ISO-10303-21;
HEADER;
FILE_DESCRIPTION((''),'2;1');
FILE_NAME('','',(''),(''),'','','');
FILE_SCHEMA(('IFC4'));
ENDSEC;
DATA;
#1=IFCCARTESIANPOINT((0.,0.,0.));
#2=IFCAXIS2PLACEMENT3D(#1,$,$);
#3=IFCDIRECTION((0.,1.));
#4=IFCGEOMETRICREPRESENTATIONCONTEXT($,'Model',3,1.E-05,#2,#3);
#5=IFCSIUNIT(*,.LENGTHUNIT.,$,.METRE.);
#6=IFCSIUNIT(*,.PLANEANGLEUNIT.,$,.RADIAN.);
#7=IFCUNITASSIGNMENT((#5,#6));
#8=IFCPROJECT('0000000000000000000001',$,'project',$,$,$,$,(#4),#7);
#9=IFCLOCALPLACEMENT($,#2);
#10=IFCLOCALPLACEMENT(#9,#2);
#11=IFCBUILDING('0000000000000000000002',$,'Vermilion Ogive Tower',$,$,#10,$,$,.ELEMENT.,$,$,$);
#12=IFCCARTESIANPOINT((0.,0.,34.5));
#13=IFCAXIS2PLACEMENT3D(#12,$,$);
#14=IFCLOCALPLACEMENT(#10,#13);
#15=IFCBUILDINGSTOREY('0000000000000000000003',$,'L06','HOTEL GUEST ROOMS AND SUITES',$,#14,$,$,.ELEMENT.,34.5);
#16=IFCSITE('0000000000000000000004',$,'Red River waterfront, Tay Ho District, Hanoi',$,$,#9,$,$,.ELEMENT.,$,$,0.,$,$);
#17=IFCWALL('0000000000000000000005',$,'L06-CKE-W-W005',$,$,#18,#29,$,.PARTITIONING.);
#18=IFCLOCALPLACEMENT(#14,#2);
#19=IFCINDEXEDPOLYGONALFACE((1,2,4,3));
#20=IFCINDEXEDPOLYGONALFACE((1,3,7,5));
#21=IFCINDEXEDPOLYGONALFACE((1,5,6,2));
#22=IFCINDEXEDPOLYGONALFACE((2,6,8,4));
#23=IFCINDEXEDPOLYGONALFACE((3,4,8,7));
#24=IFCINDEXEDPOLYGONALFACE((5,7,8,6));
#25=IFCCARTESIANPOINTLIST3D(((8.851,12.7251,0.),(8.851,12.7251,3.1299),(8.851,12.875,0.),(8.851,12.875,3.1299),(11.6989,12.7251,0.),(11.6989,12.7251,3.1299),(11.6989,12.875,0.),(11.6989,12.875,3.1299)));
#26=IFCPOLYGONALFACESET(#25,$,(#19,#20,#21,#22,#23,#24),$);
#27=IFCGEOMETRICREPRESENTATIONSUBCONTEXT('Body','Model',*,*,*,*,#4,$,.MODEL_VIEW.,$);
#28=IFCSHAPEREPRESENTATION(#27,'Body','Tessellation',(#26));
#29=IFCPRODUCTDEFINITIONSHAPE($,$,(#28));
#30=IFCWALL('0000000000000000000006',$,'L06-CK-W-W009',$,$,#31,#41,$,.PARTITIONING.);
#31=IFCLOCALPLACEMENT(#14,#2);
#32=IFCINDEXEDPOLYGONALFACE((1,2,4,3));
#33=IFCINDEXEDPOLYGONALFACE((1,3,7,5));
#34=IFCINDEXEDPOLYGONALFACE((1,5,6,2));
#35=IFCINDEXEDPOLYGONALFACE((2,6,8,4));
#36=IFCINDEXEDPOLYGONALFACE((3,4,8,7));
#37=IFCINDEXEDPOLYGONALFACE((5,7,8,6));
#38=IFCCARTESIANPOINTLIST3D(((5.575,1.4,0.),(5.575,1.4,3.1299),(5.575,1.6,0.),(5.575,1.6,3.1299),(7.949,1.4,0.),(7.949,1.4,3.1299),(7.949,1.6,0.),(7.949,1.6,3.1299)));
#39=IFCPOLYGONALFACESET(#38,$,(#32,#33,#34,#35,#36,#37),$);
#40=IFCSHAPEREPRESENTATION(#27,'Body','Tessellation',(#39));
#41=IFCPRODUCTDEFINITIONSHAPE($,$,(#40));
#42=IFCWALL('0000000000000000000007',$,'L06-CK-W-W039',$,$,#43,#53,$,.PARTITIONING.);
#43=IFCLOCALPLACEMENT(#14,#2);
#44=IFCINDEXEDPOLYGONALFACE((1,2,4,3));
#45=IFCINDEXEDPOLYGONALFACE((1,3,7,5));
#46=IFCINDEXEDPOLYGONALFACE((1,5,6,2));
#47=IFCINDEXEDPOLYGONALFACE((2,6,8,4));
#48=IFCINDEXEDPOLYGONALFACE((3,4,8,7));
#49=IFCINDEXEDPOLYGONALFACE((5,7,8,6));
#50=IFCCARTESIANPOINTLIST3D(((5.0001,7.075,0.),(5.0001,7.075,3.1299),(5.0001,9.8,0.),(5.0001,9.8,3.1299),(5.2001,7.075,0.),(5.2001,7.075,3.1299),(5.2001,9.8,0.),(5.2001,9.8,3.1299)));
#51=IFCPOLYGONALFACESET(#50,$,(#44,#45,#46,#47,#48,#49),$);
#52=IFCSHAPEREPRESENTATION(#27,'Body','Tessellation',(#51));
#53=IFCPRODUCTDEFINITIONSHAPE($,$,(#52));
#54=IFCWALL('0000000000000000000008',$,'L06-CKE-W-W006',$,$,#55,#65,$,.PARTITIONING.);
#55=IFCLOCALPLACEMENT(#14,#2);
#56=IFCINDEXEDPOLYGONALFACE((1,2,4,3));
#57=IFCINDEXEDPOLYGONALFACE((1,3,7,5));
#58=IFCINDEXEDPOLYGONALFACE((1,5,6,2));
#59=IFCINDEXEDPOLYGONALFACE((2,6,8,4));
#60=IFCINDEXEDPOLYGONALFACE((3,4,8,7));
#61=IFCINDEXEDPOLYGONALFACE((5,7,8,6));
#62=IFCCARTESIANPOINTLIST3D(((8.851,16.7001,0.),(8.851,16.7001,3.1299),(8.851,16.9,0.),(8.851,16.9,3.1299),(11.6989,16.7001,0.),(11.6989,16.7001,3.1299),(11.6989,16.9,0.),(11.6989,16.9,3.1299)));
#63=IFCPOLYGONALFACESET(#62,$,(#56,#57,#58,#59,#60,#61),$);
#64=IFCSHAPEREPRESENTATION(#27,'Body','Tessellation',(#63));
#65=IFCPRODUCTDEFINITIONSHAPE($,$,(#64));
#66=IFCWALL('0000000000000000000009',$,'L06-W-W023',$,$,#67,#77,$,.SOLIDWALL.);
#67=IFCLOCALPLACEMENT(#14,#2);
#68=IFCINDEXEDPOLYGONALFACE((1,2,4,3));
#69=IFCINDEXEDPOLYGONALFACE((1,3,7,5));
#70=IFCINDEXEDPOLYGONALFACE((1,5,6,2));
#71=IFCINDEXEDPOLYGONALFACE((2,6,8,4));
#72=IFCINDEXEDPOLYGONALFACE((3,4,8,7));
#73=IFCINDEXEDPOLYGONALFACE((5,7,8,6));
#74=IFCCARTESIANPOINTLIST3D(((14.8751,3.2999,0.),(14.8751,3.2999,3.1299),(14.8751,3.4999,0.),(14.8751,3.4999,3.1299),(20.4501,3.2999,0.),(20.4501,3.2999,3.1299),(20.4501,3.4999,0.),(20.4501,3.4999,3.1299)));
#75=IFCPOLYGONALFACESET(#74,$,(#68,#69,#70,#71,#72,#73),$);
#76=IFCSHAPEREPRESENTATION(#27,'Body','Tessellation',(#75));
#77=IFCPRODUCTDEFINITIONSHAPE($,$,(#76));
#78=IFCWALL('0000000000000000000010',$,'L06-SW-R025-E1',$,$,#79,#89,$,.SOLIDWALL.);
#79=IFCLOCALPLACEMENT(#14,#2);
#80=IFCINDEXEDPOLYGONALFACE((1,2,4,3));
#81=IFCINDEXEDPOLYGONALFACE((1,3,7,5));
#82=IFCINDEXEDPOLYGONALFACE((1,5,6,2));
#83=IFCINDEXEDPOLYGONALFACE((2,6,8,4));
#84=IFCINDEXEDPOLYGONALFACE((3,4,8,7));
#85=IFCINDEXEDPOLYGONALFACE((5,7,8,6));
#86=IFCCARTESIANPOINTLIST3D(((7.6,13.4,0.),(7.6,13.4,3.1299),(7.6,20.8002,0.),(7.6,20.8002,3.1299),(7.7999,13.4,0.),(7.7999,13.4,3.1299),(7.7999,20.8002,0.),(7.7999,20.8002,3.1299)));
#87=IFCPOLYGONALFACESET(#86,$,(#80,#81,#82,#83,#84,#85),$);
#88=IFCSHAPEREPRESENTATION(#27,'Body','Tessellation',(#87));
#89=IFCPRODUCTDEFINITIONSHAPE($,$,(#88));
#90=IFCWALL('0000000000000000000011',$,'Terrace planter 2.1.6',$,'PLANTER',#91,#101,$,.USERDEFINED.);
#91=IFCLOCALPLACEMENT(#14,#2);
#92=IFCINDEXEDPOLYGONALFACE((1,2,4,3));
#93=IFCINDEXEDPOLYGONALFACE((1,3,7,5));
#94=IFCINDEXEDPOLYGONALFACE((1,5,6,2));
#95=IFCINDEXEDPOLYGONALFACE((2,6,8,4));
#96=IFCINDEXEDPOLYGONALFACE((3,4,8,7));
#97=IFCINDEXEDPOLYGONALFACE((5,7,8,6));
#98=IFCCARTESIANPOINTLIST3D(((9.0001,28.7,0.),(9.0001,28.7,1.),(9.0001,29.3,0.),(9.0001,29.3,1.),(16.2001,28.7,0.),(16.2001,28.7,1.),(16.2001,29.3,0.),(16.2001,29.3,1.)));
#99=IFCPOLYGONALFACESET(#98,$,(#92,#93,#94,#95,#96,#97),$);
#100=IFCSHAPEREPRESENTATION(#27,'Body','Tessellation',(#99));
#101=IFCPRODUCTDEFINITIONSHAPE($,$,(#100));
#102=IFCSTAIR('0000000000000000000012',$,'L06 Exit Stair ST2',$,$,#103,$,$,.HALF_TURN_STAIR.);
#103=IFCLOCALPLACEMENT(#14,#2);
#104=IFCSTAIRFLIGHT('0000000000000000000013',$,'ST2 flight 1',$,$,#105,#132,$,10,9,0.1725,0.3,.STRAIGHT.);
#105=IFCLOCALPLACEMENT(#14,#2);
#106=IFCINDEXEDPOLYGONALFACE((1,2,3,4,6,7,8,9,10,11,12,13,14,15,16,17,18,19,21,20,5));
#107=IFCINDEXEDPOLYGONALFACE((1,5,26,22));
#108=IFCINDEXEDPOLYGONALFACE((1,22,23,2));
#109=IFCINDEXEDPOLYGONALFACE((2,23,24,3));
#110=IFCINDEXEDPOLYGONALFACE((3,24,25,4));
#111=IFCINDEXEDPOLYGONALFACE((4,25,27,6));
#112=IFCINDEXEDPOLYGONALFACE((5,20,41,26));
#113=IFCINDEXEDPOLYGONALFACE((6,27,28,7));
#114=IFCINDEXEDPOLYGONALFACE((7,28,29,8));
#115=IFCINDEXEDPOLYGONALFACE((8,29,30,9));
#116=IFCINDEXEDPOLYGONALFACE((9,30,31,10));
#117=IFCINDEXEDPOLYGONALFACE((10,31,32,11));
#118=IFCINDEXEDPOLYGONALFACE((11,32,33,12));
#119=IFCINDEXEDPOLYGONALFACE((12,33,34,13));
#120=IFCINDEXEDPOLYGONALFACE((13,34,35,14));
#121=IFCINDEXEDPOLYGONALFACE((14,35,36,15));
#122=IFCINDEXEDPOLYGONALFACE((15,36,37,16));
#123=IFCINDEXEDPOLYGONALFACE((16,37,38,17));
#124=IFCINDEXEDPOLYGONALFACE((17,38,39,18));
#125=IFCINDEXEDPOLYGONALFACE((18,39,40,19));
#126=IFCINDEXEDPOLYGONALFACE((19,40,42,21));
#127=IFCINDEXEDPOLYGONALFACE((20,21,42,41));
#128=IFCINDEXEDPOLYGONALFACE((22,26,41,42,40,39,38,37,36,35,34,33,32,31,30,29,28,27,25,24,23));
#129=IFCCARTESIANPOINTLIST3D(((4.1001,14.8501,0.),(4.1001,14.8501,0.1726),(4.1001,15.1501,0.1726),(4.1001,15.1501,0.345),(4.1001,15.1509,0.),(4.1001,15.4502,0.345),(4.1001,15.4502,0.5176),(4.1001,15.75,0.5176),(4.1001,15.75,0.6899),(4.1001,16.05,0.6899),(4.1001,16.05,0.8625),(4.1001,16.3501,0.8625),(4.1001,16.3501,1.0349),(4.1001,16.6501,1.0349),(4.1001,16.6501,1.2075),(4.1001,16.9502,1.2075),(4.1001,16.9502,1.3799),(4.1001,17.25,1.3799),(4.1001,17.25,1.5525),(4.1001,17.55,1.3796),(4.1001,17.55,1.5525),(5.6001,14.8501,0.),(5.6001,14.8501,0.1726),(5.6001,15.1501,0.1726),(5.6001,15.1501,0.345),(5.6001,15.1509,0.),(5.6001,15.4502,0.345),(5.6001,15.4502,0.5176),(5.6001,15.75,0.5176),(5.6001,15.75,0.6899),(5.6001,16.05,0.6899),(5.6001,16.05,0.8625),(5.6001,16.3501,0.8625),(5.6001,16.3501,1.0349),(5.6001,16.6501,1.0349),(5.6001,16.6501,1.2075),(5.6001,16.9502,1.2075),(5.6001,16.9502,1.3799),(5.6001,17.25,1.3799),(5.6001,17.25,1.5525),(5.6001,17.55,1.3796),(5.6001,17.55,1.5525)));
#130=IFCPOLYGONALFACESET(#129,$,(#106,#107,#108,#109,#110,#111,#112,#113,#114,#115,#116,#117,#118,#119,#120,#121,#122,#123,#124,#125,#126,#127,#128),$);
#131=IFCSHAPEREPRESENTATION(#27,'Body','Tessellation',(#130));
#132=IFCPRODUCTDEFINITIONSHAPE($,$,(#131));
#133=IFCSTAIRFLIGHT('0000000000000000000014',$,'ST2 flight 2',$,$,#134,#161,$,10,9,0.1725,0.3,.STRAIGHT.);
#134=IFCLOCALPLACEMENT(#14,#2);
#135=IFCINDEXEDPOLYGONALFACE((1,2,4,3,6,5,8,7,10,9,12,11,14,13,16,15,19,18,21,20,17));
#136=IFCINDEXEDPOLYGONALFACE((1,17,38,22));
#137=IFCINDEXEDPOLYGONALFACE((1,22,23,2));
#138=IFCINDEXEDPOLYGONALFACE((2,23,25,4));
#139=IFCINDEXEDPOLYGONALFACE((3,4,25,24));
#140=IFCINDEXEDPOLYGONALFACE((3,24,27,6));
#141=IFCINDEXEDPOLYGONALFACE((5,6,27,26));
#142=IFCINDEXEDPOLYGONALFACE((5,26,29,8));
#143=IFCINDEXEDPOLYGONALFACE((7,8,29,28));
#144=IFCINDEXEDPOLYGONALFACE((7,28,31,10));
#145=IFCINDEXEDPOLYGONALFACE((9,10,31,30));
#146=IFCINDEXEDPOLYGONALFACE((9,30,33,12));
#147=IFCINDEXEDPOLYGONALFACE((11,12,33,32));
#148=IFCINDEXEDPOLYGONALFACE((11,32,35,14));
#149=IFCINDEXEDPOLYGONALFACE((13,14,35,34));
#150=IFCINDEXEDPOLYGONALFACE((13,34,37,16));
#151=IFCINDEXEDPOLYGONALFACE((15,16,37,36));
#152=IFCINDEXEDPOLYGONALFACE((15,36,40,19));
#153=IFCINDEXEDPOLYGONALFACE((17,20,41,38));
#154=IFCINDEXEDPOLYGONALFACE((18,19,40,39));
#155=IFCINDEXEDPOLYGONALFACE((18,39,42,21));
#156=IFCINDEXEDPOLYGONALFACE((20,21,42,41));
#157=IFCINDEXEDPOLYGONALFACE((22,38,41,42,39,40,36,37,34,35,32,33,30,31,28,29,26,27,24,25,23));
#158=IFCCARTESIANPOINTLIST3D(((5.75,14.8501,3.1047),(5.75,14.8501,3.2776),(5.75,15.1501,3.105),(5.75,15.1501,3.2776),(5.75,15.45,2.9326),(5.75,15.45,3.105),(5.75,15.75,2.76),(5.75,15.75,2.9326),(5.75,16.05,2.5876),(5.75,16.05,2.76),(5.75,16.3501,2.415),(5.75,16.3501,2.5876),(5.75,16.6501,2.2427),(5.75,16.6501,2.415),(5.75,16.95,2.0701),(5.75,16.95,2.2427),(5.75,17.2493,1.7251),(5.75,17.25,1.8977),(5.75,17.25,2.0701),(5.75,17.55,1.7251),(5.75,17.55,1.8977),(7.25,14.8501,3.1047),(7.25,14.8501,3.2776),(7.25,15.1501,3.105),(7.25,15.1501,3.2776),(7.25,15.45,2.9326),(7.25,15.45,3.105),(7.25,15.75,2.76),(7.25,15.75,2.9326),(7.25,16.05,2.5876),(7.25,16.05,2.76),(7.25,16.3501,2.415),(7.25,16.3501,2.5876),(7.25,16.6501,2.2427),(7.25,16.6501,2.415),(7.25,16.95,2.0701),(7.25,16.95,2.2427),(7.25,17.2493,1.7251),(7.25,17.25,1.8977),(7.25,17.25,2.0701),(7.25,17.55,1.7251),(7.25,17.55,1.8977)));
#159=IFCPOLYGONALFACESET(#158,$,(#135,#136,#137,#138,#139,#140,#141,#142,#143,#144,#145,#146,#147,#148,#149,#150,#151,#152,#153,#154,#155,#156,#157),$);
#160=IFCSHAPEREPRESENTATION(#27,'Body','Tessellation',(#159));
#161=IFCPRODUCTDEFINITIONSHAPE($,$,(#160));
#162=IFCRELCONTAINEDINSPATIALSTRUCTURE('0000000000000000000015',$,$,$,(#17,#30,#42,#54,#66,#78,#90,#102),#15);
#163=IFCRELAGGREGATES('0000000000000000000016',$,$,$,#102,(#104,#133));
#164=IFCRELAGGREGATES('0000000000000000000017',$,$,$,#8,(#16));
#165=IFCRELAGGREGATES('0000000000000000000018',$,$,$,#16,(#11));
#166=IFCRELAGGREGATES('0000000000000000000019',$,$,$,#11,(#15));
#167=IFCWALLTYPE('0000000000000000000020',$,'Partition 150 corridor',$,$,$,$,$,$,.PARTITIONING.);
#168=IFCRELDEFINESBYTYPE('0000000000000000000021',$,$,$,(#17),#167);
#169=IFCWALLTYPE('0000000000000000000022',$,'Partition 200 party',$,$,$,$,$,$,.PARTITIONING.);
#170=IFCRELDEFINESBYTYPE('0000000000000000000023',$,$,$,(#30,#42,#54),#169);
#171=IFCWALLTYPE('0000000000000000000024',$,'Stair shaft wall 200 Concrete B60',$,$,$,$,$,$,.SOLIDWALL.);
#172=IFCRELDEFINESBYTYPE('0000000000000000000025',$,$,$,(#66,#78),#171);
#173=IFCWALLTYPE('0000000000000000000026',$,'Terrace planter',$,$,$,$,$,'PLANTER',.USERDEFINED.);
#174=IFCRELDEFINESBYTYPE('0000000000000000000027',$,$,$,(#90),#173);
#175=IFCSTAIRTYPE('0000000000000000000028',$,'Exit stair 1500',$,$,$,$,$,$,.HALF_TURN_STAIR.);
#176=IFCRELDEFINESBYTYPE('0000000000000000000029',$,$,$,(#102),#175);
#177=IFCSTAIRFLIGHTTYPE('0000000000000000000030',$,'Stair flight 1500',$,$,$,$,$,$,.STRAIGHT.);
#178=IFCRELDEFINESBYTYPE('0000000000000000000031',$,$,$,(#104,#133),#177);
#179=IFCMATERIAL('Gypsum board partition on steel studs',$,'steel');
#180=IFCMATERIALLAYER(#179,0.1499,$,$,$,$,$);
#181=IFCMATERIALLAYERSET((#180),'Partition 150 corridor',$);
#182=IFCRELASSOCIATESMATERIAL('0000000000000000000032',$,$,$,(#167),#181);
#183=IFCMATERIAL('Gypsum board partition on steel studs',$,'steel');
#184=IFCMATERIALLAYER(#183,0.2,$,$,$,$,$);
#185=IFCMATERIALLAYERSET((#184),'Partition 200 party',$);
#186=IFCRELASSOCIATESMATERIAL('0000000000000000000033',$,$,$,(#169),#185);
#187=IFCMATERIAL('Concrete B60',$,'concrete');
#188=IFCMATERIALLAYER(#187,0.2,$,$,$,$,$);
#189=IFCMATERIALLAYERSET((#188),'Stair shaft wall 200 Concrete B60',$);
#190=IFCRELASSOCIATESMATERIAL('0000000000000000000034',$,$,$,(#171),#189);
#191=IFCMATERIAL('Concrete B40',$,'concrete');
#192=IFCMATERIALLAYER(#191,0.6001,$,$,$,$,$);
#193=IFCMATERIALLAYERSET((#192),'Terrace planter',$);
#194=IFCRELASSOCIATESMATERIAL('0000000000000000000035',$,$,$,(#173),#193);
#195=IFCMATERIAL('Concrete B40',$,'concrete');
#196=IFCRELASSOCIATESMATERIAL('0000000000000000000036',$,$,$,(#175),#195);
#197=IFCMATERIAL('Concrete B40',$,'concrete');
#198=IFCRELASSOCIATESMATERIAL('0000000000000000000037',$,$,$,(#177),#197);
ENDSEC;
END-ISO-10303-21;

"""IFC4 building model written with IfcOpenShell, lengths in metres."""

from ifc_helpers import new_model, si_unit, direction, frame, frame_2d, origin, place, context, subcontext, project, spatial, polyline, rectangle, outline, extrude, material, layer, layer_set, type_object, element, aggregate, save


model = new_model("IFC4")

# Units and contexts
model_context = context("Model", 3, precision=1e-05, world=origin(), true_north=direction((0.0, 1.0)))
body_context = subcontext(model_context, "Body", "Model", "MODEL_VIEW")
ifc_project = project(units=[si_unit("LENGTHUNIT", "METRE"), si_unit("PLANEANGLEUNIT", "RADIAN")], contexts=[model_context])

# Site, building, storey
site_placement = place(None, origin())
site = spatial("IfcSite", under=ifc_project, at=site_placement, Name="Red River waterfront, Tay Ho District, Hanoi", CompositionType="ELEMENT", RefElevation=0.0)
building_placement = place(site_placement, origin())
building = spatial("IfcBuilding", under=site, at=building_placement, Name="Vermilion Ogive Tower", CompositionType="ELEMENT")
storey_placement = place(building_placement, frame((0.0, 0.0, 34.5)))
storey = spatial("IfcBuildingStorey", under=building, at=storey_placement, Name="L06", Description="HOTEL GUEST ROOMS AND SUITES", CompositionType="ELEMENT", Elevation=34.5)

# Shared definitions
ifc_material_1 = material(Name="Gypsum board partition on steel studs", Category="steel")
ifc_layer_1 = layer(ifc_material_1, 0.1499)
ifc_layer_set_1 = layer_set([ifc_layer_1], Name="Partition 150 corridor")
wall_type_1 = type_object("IfcWallType", Name="Partition 150 corridor", PredefinedType="PARTITIONING", material=ifc_layer_set_1)

# Walls
for number, where, z_axis, x_axis, name in (
    (1, (8.8511, 12.8, 0.0), (0.0, 0.0, 1.0), (1.0, 0.0, 0.0), "L06-CKE-W-W005"),
):
    element("IfcWall", number, at=place(storey_placement, frame(where, z_axis=z_axis, x_axis=x_axis)), inside=storey, type_object=wall_type_1, Name=name, PredefinedType="PARTITIONING", context=body_context, shape_type="SweptSolid", body=[
        extrude(rectangle(XDim=2.8479, YDim=0.1499, at=frame_2d((1.4238, 0.0))), origin(), (0.0, 0.0, 1.0), 3.1299),
    ])
ifc_material_2 = material(Name="Gypsum board partition on steel studs", Category="steel")
ifc_layer_2 = layer(ifc_material_2, 0.2)
ifc_layer_set_2 = layer_set([ifc_layer_2], Name="Partition 200 party")
wall_type_2 = type_object("IfcWallType", Name="Partition 200 party", PredefinedType="PARTITIONING", material=ifc_layer_set_2)
wall_1_placement = place(storey_placement, frame((5.575, 1.5, 0.0), z_axis=(0.0, 0.0, 1.0), x_axis=(1.0, 0.0, 0.0)))
element("IfcWall", 2, at=wall_1_placement, inside=storey, type_object=wall_type_2, Name="L06-CK-W-W009", PredefinedType="PARTITIONING", context=body_context, shape_type="SweptSolid", body=[
    extrude(rectangle(XDim=2.374, YDim=0.2, at=frame_2d((1.187, 0.0))), origin(), (0.0, 0.0, 1.0), 3.1299),
])
wall_2_placement = place(storey_placement, frame((5.1001, 7.075, 0.0), z_axis=(0.0, 0.0, 1.0), x_axis=(0.0, 1.0, 0.0)))
element("IfcWall", 3, at=wall_2_placement, inside=storey, type_object=wall_type_2, Name="L06-CK-W-W039", PredefinedType="PARTITIONING", context=body_context, shape_type="SweptSolid", body=[
    extrude(rectangle(XDim=2.7251, YDim=0.2, at=frame_2d((1.3625, 0.0))), origin(), (0.0, 0.0, 1.0), 3.1299),
])
wall_3_placement = place(storey_placement, frame((8.8511, 16.8, 0.0), z_axis=(0.0, 0.0, 1.0), x_axis=(1.0, 0.0, 0.0)))
element("IfcWall", 4, at=wall_3_placement, inside=storey, type_object=wall_type_2, Name="L06-CKE-W-W006", PredefinedType="PARTITIONING", context=body_context, shape_type="SweptSolid", body=[
    extrude(rectangle(XDim=2.8479, YDim=0.2, at=frame_2d((1.4238, 0.0))), origin(), (0.0, 0.0, 1.0), 3.1299),
])
ifc_material_3 = material(Name="Concrete B60", Category="concrete")
ifc_layer_3 = layer(ifc_material_3, 0.2)
ifc_layer_set_3 = layer_set([ifc_layer_3], Name="Stair shaft wall 200 Concrete B60")
wall_type_3 = type_object("IfcWallType", Name="Stair shaft wall 200 Concrete B60", PredefinedType="SOLIDWALL", material=ifc_layer_set_3)
wall_4_placement = place(storey_placement, frame((14.875, 3.3999, 0.0), z_axis=(0.0, 0.0, 1.0), x_axis=(1.0, 0.0, 0.0)))
element("IfcWall", 5, at=wall_4_placement, inside=storey, type_object=wall_type_3, Name="L06-W-W023", PredefinedType="SOLIDWALL", context=body_context, shape_type="SweptSolid", body=[
    extrude(rectangle(XDim=5.575, YDim=0.2, at=frame_2d((2.7876, 0.0))), origin(), (0.0, 0.0, 1.0), 3.1299),
])
wall_5_placement = place(storey_placement, frame((7.7, 13.3999, 0.0), z_axis=(0.0, 0.0, 1.0), x_axis=(0.0, 1.0, 0.0)))
element("IfcWall", 6, at=wall_5_placement, inside=storey, type_object=wall_type_3, Name="L06-SW-R025-E1", PredefinedType="SOLIDWALL", context=body_context, shape_type="SweptSolid", body=[
    extrude(rectangle(XDim=7.4001, YDim=0.2, at=frame_2d((3.7002, 0.0))), origin(), (0.0, 0.0, 1.0), 3.1299),
])
ifc_material_4 = material(Name="Concrete B40", Category="concrete")
ifc_layer_4 = layer(ifc_material_4, 0.6001)
ifc_layer_set_4 = layer_set([ifc_layer_4], Name="Terrace planter")
wall_type_4 = type_object("IfcWallType", Name="Terrace planter", ElementType="PLANTER", PredefinedType="USERDEFINED", material=ifc_layer_set_4)
wall_6_placement = place(storey_placement, frame((9.0, 29.0, 0.0), z_axis=(0.0, 0.0, 1.0), x_axis=(1.0, 0.0, 0.0)))
element("IfcWall", 7, at=wall_6_placement, inside=storey, type_object=wall_type_4, Name="Terrace planter 2.1.6", ObjectType="PLANTER", PredefinedType="USERDEFINED", context=body_context, shape_type="SweptSolid", body=[
    extrude(rectangle(XDim=7.2, YDim=0.6001, at=frame_2d((3.6001, 0.0))), origin(), (0.0, 0.0, 1.0), 1.0),
])

# Stair, stair flights
ifc_material_5 = material(Name="Concrete B40", Category="concrete")
stair_type = type_object("IfcStairType", Name="Exit stair 1500", PredefinedType="HALF_TURN_STAIR", material=ifc_material_5)
stair_placement = place(storey_placement, origin())
stair = element("IfcStair", 8, at=stair_placement, inside=storey, type_object=stair_type, Name="L06 Exit Stair ST2", PredefinedType="HALF_TURN_STAIR")
ifc_material_6 = material(Name="Concrete B40", Category="concrete")
stair_flight_type = type_object("IfcStairFlightType", Name="Stair flight 1500", PredefinedType="STRAIGHT", material=ifc_material_6)
stair_flight_1_placement = place(storey_placement, frame((4.8501, 14.8501, 0.0), z_axis=(0.0, 0.0, 1.0), x_axis=(0.0, 1.0, 0.0)))
stair_flight_1 = element("IfcStairFlight", 9, at=stair_flight_1_placement, type_object=stair_flight_type, Name="ST2 flight 1", NumberOfRisers=10, NumberOfTreads=9, PredefinedType="STRAIGHT", RiserHeight=0.1725, TreadLength=0.3, context=body_context, shape_type="SweptSolid", body=[
    extrude(outline(polyline([(0.0, 0.0), (0.0, 0.1726), (0.3, 0.1726), (0.3, 0.345), (0.6001, 0.345), (0.6001, 0.5176), (0.8999, 0.5176), (0.8999, 0.6899), (1.2, 0.6899), (1.2, 0.8625), (1.5, 0.8625), (1.5, 1.0349), (1.8, 1.0349), (1.8, 1.2075), (2.1001, 1.2075), (2.1001, 1.3799), (2.3999, 1.3799), (2.3999, 1.5525), (2.7, 1.5525), (2.7, 1.7251), (2.7, 1.3796), (0.3008, 0.0), (0.0, 0.0)])), frame((0.0, 0.75, 0.0), z_axis=(0.0, -1.0, 0.0), x_axis=(1.0, 0.0, 0.0)), (0.0, 0.0, 1.0), 1.5),
])
stair_flight_2_placement = place(storey_placement, frame((6.5, 17.55, 1.7251), z_axis=(0.0, 0.0, 1.0), x_axis=(0.0, -1.0, 0.0)))
stair_flight_2 = element("IfcStairFlight", 10, at=stair_flight_2_placement, type_object=stair_flight_type, Name="ST2 flight 2", NumberOfRisers=10, NumberOfTreads=9, PredefinedType="STRAIGHT", RiserHeight=0.1725, TreadLength=0.3, context=body_context, shape_type="SweptSolid", body=[
    extrude(outline(polyline([(0.0, 0.0), (0.0, 0.1726), (0.3, 0.1726), (0.3, 0.345), (0.6001, 0.345), (0.6001, 0.5176), (0.8999, 0.5176), (0.8999, 0.6899), (1.2, 0.6899), (1.2, 0.8625), (1.5, 0.8625), (1.5, 1.0349), (1.8, 1.0349), (1.8, 1.2075), (2.1001, 1.2075), (2.1001, 1.3799), (2.3999, 1.3799), (2.3999, 1.5525), (2.7, 1.5525), (2.7, 1.7251), (2.7, 1.3796), (0.3008, 0.0), (0.0, 0.0)])), frame((0.0, 0.75, 0.0), z_axis=(0.0, -1.0, 0.0), x_axis=(1.0, 0.0, 0.0)), (0.0, 0.0, 1.0), 1.5),
])
aggregate(stair, [stair_flight_1, stair_flight_2])

save(model, "model.ifc")
